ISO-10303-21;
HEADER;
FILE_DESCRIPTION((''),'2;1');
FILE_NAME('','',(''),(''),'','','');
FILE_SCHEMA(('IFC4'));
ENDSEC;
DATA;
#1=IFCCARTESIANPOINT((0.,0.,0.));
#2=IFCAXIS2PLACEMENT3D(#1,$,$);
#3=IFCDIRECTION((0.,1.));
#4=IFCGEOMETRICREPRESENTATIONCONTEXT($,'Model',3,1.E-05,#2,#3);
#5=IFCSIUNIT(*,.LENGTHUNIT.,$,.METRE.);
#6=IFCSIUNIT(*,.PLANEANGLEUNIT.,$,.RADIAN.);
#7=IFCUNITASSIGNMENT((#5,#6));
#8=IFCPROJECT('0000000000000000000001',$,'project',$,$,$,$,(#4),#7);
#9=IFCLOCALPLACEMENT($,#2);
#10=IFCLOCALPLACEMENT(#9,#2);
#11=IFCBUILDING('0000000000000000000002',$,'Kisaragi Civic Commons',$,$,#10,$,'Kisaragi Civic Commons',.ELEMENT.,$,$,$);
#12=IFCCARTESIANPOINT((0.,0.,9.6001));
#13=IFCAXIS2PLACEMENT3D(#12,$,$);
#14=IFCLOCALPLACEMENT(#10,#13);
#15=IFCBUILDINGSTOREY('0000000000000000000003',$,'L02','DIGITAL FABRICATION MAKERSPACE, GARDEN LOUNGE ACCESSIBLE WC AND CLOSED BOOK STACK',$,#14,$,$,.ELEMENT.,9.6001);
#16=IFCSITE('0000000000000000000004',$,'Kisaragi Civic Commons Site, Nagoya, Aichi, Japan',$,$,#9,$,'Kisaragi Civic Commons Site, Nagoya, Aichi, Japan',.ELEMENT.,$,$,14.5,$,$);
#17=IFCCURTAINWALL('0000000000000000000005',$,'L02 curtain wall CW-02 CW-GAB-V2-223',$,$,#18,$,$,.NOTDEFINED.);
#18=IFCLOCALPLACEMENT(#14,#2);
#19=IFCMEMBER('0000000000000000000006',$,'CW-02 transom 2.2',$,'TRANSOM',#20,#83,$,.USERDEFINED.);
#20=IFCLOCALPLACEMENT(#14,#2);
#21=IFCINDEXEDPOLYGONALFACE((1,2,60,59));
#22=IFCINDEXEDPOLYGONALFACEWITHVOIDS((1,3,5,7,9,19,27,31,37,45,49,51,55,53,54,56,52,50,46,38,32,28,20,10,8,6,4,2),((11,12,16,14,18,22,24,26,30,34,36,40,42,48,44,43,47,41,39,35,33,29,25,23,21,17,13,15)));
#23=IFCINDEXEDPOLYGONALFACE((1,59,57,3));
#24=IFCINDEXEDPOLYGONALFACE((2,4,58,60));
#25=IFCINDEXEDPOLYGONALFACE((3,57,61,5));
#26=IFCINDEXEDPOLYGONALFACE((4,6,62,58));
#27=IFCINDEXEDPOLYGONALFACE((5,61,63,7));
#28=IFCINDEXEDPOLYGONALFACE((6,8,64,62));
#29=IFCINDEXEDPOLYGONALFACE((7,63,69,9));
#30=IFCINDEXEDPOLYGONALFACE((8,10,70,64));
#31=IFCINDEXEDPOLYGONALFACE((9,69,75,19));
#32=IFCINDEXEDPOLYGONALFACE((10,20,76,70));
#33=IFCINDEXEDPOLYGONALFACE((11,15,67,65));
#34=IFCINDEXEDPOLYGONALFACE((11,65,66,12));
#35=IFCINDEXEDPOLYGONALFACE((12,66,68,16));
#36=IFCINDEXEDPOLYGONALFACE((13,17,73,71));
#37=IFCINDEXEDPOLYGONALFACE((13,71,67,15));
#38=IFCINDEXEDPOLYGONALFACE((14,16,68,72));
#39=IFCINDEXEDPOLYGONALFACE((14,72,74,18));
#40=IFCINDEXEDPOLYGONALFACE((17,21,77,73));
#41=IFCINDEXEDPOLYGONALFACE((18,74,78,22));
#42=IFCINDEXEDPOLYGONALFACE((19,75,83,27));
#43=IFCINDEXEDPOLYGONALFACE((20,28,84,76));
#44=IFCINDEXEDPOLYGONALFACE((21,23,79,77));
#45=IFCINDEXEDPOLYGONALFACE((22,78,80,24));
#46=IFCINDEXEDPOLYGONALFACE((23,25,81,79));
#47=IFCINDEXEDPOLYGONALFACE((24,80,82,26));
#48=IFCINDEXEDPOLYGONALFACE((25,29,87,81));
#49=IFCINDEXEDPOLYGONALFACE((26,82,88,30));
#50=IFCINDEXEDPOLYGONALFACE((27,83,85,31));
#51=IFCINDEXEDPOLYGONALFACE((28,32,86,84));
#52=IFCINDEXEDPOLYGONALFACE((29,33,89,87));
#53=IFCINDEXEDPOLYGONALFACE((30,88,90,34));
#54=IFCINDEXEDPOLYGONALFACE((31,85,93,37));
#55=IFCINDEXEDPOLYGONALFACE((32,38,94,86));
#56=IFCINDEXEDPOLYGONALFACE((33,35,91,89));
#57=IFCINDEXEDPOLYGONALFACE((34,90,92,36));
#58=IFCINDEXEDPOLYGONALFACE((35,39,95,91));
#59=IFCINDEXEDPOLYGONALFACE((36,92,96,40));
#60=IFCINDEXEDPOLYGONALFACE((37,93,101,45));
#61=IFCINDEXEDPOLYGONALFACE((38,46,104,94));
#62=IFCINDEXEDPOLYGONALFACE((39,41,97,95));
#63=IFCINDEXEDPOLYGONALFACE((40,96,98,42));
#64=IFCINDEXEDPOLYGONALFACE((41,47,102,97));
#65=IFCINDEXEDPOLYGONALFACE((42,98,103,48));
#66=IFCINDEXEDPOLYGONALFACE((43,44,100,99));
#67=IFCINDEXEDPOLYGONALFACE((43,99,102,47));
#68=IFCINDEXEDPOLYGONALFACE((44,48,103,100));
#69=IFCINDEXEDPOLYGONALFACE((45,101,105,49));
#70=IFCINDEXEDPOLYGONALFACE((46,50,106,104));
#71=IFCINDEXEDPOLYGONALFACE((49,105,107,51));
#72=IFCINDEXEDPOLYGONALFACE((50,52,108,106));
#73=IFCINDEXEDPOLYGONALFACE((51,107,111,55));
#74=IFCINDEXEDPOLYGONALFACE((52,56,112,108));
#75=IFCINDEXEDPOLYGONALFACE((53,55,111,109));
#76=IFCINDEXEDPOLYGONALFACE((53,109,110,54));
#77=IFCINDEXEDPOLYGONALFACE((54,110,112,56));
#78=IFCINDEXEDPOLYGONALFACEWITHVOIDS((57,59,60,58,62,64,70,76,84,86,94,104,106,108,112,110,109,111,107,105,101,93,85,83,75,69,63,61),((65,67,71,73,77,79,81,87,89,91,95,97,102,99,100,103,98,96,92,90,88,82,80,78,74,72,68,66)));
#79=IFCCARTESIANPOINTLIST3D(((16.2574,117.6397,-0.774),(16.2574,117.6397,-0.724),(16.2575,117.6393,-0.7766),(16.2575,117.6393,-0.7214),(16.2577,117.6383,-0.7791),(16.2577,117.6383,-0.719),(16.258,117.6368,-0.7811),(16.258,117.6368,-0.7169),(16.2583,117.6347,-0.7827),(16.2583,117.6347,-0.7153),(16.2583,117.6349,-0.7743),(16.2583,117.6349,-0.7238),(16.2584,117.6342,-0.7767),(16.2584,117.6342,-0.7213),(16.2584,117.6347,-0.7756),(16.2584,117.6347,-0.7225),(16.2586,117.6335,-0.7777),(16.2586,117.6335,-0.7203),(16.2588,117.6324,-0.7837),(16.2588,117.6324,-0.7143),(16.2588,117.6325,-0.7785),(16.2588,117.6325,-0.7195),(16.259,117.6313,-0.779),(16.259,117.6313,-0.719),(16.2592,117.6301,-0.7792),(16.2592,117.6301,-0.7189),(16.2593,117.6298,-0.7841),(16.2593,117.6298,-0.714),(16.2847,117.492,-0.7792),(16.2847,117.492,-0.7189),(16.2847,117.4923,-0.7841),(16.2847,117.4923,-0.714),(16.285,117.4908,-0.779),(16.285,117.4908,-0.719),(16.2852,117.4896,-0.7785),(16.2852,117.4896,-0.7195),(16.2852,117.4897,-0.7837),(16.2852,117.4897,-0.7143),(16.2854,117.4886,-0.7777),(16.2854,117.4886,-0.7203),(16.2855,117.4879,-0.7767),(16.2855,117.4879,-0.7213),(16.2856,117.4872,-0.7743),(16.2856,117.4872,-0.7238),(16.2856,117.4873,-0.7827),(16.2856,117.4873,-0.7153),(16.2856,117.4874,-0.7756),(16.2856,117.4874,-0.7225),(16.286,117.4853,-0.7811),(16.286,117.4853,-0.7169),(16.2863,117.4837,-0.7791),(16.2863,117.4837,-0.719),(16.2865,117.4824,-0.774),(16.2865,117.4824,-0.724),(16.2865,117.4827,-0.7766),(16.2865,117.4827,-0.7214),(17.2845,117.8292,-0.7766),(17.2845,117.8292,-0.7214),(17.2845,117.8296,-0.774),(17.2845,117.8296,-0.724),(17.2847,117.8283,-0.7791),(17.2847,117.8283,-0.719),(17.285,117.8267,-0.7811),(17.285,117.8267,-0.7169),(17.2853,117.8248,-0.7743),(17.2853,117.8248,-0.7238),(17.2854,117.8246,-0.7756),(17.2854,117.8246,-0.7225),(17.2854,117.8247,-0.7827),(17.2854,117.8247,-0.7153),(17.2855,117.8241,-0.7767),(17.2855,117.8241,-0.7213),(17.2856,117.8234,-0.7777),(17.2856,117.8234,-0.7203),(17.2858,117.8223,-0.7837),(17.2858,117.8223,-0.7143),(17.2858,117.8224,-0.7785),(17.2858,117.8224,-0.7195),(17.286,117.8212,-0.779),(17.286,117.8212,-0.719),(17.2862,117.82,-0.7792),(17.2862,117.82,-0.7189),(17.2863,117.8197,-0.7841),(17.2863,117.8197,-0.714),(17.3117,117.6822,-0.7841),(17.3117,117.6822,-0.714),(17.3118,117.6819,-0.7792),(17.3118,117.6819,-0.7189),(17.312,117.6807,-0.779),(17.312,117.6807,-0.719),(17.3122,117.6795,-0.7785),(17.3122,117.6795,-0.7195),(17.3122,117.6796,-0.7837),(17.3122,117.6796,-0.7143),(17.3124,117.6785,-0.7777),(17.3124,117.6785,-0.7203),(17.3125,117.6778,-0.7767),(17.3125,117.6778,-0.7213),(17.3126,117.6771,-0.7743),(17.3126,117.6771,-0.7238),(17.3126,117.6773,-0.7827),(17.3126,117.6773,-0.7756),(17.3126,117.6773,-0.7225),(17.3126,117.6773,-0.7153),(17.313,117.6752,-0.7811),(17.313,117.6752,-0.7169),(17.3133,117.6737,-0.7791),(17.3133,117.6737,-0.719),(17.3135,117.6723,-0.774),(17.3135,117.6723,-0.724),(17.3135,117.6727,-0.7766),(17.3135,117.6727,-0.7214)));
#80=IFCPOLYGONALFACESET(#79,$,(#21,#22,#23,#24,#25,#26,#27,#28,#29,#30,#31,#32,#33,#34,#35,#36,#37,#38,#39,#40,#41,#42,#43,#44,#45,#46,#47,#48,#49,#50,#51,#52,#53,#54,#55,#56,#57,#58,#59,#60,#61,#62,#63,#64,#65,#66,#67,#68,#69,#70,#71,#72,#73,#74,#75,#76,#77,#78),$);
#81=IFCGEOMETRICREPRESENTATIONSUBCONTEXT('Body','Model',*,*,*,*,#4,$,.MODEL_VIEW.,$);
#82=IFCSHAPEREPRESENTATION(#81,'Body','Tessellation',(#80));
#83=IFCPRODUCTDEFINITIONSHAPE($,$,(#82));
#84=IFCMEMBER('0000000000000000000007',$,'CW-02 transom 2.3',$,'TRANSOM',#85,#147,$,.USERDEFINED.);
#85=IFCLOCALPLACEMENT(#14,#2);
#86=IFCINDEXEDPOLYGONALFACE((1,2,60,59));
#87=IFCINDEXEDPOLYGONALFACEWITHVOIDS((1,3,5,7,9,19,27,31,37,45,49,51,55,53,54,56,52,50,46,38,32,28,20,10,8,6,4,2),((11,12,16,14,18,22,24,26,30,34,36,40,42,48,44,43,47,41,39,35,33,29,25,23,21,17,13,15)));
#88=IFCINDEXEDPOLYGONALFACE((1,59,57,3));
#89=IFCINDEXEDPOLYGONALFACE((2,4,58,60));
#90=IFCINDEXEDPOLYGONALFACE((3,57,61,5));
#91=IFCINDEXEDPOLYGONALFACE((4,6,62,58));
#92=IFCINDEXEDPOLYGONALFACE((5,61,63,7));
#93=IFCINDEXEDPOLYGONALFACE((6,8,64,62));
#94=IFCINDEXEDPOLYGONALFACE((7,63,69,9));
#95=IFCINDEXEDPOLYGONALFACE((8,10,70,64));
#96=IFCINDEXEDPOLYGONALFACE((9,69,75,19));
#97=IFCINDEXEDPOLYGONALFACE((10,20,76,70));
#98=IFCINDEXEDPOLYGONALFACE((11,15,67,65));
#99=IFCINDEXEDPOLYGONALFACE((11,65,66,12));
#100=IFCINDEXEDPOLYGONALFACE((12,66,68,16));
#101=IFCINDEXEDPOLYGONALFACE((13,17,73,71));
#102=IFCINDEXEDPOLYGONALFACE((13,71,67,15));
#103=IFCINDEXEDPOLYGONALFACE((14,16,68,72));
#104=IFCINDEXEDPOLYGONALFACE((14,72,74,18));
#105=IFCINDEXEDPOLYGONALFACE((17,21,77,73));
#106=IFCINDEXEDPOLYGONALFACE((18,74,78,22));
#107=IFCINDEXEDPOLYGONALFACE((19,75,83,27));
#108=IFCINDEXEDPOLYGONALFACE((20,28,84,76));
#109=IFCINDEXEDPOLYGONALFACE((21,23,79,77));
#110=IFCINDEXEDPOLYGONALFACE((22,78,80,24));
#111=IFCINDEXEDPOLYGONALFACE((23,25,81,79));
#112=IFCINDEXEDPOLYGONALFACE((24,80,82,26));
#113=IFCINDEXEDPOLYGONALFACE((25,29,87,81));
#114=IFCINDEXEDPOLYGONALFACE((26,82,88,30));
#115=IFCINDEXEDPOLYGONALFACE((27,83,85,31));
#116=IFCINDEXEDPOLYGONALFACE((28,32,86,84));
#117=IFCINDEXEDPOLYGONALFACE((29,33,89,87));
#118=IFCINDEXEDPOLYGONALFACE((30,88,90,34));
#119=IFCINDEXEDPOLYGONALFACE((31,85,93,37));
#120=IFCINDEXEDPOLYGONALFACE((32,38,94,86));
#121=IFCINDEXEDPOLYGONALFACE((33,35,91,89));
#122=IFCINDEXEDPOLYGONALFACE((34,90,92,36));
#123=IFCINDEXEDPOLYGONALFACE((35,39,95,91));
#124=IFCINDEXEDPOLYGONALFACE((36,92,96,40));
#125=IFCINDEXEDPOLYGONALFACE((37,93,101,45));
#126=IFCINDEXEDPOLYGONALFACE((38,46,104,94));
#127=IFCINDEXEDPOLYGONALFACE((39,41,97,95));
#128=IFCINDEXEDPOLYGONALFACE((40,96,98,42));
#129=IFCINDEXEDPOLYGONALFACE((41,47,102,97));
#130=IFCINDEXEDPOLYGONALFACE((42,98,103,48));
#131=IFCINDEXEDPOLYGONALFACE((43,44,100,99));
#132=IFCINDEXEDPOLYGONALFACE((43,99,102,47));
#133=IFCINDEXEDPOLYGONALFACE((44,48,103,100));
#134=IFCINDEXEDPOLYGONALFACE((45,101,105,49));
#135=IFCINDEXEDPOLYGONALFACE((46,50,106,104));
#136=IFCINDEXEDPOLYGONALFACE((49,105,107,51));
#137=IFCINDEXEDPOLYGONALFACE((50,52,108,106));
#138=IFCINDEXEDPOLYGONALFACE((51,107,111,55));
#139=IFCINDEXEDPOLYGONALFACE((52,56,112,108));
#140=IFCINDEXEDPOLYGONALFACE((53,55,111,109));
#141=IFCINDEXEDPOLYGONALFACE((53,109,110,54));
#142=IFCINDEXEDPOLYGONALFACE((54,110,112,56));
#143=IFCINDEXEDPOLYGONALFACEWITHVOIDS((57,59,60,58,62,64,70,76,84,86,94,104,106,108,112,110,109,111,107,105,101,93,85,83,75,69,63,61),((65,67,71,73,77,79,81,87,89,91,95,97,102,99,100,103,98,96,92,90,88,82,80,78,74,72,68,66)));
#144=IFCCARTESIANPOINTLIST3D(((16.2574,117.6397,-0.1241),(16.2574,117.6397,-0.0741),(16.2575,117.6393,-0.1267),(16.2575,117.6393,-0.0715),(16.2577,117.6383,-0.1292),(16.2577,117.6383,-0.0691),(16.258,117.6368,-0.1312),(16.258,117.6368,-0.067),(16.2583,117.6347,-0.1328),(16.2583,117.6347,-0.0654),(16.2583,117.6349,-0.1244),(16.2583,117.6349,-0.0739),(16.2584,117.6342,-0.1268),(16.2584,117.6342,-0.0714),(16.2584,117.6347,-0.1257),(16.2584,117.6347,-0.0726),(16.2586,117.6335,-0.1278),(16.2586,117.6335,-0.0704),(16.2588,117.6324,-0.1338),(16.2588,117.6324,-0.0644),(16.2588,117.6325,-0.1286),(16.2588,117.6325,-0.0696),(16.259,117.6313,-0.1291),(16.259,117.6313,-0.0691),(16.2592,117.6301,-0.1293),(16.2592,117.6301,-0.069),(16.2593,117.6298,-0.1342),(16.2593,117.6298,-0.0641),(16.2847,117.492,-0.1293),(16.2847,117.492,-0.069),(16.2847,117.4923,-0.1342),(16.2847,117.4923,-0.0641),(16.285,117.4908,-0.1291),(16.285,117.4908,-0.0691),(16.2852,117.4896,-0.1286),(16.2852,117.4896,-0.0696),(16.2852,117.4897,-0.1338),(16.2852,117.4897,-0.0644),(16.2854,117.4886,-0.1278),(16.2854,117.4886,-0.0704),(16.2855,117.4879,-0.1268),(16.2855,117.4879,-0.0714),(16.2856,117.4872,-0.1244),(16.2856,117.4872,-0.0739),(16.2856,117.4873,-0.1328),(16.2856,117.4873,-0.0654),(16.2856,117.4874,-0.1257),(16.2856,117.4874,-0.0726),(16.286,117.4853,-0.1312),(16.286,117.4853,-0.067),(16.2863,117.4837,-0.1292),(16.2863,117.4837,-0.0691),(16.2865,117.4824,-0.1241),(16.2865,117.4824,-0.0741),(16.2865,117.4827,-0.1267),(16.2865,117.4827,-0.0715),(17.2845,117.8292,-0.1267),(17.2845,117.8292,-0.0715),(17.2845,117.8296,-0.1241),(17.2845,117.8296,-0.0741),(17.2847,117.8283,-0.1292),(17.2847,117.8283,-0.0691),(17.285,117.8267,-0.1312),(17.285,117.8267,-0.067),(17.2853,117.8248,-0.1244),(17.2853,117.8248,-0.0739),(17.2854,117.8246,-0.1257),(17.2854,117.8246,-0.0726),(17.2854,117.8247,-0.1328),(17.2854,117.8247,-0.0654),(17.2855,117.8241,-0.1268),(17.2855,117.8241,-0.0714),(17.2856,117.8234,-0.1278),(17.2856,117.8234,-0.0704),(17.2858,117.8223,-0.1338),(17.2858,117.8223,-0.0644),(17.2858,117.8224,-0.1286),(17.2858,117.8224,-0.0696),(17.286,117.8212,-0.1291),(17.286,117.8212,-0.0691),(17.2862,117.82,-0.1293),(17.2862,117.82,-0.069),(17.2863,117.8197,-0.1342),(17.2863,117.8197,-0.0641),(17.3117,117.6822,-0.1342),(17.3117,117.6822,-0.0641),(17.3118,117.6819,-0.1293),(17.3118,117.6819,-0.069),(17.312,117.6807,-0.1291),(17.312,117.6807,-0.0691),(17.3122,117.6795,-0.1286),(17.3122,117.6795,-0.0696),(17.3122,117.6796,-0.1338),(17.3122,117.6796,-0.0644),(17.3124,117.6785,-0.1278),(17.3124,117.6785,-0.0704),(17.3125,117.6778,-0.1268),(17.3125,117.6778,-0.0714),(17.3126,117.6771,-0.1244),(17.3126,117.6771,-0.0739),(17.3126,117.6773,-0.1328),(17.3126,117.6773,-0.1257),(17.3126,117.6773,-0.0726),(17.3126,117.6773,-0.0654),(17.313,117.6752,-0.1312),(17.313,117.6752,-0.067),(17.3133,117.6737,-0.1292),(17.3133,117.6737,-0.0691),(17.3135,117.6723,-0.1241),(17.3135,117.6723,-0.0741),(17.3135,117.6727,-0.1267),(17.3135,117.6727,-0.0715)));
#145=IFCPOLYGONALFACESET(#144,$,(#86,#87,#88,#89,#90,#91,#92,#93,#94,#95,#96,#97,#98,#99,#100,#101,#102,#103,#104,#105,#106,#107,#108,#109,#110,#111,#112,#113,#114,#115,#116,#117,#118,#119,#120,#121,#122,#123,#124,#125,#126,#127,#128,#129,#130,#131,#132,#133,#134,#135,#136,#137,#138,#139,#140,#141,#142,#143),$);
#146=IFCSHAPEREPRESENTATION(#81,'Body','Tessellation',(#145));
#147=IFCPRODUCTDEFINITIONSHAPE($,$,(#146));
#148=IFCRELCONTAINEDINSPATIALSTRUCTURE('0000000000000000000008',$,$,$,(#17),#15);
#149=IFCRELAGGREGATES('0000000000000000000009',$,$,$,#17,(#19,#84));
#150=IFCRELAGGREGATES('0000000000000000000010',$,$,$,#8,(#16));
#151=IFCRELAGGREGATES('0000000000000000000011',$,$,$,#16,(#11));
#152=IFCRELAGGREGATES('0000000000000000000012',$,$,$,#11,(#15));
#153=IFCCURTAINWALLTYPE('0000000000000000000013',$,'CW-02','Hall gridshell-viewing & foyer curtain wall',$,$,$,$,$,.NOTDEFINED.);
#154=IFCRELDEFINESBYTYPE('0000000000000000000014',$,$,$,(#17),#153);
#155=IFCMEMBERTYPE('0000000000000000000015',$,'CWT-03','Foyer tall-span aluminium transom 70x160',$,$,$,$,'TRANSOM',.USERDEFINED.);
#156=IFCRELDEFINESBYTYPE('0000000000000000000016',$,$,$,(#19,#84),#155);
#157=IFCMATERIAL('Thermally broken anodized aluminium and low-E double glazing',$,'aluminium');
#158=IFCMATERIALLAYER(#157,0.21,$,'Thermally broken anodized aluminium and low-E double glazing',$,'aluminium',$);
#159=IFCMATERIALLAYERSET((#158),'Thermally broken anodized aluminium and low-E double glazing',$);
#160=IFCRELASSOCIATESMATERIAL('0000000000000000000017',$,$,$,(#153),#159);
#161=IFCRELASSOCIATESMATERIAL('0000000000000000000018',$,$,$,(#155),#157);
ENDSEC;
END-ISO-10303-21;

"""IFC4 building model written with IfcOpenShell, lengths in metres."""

from ifc_helpers import new_model, si_unit, direction, frame, origin, origin_2d, place, context, subcontext, project, spatial, hollow_rectangle, extrude, material, layer, layer_set, material_profile, profile_set, type_object, element, aggregate, save


model = new_model("IFC4")

# Units and contexts
model_context = context("Model", 3, precision=1e-05, world=origin(), true_north=direction((0.0, 1.0)))
body_context = subcontext(model_context, "Body", "Model", "MODEL_VIEW")
ifc_project = project(units=[si_unit("LENGTHUNIT", "METRE"), si_unit("PLANEANGLEUNIT", "RADIAN")], contexts=[model_context])

# Site, building, storey
site_placement = place(None, origin())
site = spatial("IfcSite", under=ifc_project, at=site_placement, Name="Kisaragi Civic Commons Site, Nagoya, Aichi, Japan", LongName="Kisaragi Civic Commons Site, Nagoya, Aichi, Japan", CompositionType="ELEMENT", RefElevation=14.5)
building_placement = place(site_placement, origin())
building = spatial("IfcBuilding", under=site, at=building_placement, Name="Kisaragi Civic Commons", LongName="Kisaragi Civic Commons", CompositionType="ELEMENT")
storey_placement = place(building_placement, frame((0.0, 0.0, 9.6001)))
storey = spatial("IfcBuildingStorey", under=building, at=storey_placement, Name="L02", Description="DIGITAL FABRICATION MAKERSPACE, GARDEN LOUNGE ACCESSIBLE WC AND CLOSED BOOK STACK", CompositionType="ELEMENT", Elevation=9.6001)

# Shared definitions
ifc_material_1 = material(Name="Thermally broken anodized aluminium and low-E double glazing", Category="aluminium")

# Curtain wall
ifc_layer_1 = layer(ifc_material_1, 0.21, Name="Thermally broken anodized aluminium and low-E double glazing", Category="aluminium")
ifc_layer_set_1 = layer_set([ifc_layer_1], Name="Thermally broken anodized aluminium and low-E double glazing")
curtain_wall_type_1 = type_object("IfcCurtainWallType", Name="CW-02", Description="Hall gridshell-viewing & foyer curtain wall", PredefinedType="NOTDEFINED", material=ifc_layer_set_1)
curtain_wall_1_placement = place(storey_placement, origin())
curtain_wall_1 = element("IfcCurtainWall", 1, at=curtain_wall_1_placement, inside=storey, type_object=curtain_wall_type_1, Name="L02 curtain wall CW-02 CW-GAB-V2-223", PredefinedType="NOTDEFINED")

# Members
ifc_material_profile_1 = material_profile(ifc_material_1, hollow_rectangle(XDim=0.1599, YDim=0.0701, WallThickness=0.0049, InnerFilletRadius=0.0049, OuterFilletRadius=0.01, at=origin_2d()), Name="CWT-70x160x5", Category="aluminium")
ifc_profile_set_1 = profile_set([ifc_material_profile_1], Name="Thermally broken anodized aluminium and low-E double glazing")
member_type_1 = type_object("IfcMemberType", Name="CWT-03", Description="Foyer tall-span aluminium transom 70x160", ElementType="TRANSOM", PredefinedType="USERDEFINED", material=ifc_profile_set_1)
member_1_placement = place(storey_placement, frame((16.272, 117.561, -0.749), z_axis=(0.983327, 0.181847, 0.0), x_axis=(-0.181847, 0.983327, 0.0)))
member_1 = element("IfcMember", 2, at=member_1_placement, type_object=member_type_1, Name="CW-02 transom 2.2", ObjectType="TRANSOM", PredefinedType="USERDEFINED", context=body_context, shape_type="SweptSolid", body=[
    extrude(hollow_rectangle(XDim=0.1599, YDim=0.0701, WallThickness=0.0049, InnerFilletRadius=0.0049, OuterFilletRadius=0.01, at=origin_2d()), origin(), (0.0, 0.0, 1.0), 1.0444),
])
member_2_placement = place(storey_placement, frame((16.272, 117.561, -0.0991), z_axis=(0.983327, 0.181847, 0.0), x_axis=(-0.181847, 0.983327, 0.0)))
member_2 = element("IfcMember", 3, at=member_2_placement, type_object=member_type_1, Name="CW-02 transom 2.3", ObjectType="TRANSOM", PredefinedType="USERDEFINED", context=body_context, shape_type="SweptSolid", body=[
    extrude(hollow_rectangle(XDim=0.1599, YDim=0.0701, WallThickness=0.0049, InnerFilletRadius=0.0049, OuterFilletRadius=0.01, at=origin_2d()), origin(), (0.0, 0.0, 1.0), 1.0444),
])

aggregate(curtain_wall_1, [member_1, member_2])

save(model, "model.ifc")
